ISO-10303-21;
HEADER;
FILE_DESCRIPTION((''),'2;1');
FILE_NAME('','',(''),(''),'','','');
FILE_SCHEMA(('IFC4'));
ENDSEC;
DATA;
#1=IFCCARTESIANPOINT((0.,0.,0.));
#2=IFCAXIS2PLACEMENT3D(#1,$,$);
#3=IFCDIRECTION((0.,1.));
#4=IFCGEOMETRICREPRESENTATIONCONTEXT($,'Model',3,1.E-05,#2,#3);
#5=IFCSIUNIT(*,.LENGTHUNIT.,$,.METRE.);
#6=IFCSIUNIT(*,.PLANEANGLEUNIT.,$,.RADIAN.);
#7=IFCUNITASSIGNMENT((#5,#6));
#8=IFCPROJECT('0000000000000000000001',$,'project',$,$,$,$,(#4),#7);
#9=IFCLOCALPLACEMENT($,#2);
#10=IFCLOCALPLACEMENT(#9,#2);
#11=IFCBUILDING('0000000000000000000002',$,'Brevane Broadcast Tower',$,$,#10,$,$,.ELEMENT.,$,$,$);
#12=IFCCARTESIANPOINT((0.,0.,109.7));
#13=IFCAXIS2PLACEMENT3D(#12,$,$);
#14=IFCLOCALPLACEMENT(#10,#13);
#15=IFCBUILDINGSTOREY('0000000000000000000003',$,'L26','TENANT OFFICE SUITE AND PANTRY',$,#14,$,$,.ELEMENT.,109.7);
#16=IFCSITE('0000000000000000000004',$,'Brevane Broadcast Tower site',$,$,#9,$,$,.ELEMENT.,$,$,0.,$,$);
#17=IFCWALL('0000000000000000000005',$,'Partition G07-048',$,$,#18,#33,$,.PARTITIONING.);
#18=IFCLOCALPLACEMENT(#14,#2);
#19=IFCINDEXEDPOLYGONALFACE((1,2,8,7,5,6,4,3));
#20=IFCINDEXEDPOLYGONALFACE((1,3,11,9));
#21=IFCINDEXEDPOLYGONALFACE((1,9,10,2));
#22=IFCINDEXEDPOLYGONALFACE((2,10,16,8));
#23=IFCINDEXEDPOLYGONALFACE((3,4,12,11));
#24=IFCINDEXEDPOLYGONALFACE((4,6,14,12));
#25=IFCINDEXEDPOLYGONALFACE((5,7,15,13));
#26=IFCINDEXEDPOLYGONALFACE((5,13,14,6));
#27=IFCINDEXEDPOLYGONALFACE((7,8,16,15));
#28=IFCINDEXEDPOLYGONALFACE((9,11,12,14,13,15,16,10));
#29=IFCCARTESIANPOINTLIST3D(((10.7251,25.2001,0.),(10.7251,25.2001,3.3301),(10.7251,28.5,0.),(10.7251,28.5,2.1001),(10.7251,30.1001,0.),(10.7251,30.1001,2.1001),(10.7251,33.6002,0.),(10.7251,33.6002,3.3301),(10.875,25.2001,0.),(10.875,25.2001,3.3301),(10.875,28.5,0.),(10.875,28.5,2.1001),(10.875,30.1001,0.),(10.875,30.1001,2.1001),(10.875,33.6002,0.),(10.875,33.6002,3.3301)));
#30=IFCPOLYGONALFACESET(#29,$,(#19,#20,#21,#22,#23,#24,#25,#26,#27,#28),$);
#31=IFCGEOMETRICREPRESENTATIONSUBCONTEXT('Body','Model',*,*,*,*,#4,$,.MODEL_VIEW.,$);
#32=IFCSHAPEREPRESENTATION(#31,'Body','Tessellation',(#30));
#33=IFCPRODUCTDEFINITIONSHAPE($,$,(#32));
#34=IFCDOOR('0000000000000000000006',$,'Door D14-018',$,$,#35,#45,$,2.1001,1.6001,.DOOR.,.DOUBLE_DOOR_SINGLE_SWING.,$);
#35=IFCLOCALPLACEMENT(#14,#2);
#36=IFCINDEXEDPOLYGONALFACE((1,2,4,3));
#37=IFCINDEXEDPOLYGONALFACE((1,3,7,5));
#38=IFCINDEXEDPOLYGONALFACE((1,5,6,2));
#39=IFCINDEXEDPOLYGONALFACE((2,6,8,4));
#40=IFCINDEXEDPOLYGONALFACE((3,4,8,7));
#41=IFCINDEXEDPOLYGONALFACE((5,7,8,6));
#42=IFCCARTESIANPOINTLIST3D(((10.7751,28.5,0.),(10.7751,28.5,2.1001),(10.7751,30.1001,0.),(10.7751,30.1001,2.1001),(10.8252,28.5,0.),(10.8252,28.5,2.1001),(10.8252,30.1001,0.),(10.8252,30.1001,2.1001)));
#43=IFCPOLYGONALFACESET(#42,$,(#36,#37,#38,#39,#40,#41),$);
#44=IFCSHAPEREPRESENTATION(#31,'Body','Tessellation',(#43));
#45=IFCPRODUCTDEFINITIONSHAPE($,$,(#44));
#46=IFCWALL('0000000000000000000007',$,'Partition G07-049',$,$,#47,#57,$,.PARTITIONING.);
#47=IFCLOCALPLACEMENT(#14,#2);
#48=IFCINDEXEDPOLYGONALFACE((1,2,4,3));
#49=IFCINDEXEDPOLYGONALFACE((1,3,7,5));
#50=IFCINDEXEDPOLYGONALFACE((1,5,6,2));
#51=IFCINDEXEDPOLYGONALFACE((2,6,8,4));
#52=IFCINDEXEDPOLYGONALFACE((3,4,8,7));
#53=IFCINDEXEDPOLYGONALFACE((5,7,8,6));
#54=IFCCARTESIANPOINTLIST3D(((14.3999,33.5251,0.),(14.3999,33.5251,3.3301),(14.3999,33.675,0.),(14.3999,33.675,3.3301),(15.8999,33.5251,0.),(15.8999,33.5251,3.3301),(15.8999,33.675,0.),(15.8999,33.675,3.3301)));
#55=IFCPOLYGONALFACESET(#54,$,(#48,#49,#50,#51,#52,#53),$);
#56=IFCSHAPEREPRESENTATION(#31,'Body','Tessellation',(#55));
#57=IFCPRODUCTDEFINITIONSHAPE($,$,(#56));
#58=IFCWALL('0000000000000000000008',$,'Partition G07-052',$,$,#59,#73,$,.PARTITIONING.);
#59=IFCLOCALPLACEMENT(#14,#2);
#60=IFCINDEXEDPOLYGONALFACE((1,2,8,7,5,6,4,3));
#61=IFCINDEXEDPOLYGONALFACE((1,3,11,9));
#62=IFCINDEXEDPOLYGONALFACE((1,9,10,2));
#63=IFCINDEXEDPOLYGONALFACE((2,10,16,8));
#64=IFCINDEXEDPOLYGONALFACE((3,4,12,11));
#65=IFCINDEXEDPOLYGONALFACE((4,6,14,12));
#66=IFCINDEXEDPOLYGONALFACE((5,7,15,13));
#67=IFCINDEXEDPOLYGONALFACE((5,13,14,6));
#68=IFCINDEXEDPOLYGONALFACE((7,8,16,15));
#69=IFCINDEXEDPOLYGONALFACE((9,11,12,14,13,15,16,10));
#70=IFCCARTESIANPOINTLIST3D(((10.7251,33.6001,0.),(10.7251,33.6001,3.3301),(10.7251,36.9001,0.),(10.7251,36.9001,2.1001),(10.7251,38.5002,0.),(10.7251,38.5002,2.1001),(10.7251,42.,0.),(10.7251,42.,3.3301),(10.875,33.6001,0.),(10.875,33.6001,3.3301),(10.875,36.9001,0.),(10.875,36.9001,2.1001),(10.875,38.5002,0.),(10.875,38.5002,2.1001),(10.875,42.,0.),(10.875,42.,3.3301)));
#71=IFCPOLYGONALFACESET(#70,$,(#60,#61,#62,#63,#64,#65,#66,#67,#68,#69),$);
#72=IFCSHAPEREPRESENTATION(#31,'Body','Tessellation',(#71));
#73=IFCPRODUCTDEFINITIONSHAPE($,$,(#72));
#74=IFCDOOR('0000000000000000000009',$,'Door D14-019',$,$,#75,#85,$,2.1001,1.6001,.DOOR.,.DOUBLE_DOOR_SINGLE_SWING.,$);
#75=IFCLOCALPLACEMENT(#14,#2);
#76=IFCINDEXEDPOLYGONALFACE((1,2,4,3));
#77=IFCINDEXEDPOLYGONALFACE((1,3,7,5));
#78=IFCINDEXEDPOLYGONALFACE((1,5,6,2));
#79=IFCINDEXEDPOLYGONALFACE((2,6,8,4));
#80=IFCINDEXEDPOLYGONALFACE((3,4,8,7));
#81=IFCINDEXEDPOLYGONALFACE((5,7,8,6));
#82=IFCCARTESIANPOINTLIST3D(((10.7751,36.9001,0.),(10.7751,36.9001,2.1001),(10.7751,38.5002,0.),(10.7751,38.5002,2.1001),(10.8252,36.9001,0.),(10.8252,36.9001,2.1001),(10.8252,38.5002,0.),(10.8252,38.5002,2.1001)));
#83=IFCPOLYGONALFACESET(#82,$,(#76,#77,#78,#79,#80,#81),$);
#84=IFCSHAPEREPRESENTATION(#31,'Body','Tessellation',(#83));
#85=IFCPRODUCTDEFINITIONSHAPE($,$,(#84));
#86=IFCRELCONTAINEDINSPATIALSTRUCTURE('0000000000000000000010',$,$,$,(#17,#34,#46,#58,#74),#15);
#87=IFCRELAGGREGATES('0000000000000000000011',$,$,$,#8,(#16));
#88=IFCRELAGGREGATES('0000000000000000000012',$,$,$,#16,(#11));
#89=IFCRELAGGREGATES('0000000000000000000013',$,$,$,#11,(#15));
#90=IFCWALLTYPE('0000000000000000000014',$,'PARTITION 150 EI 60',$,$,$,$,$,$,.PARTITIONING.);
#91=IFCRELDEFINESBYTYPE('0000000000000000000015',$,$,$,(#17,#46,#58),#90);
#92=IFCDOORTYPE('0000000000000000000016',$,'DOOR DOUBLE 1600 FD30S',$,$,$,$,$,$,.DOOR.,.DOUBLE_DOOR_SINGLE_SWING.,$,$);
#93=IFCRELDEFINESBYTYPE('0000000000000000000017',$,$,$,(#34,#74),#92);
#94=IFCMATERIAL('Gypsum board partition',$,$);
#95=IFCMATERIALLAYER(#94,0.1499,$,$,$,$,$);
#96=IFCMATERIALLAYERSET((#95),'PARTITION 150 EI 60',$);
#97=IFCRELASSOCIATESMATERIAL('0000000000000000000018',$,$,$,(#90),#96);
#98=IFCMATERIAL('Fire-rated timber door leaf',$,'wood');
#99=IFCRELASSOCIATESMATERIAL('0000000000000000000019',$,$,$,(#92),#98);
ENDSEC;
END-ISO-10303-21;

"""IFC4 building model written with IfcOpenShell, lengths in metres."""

from ifc_helpers import new_model, si_unit, direction, frame, frame_2d, origin, place, context, subcontext, project, spatial, rectangle, extrude, material, layer, layer_set, type_object, element, fill, save


model = new_model("IFC4")

# Units and contexts
model_context = context("Model", 3, precision=1e-05, world=origin(), true_north=direction((0.0, 1.0)))
body_context = subcontext(model_context, "Body", "Model", "MODEL_VIEW")
ifc_project = project(units=[si_unit("LENGTHUNIT", "METRE"), si_unit("PLANEANGLEUNIT", "RADIAN")], contexts=[model_context])

# Site, building, storey
site_placement = place(None, origin())
site = spatial("IfcSite", under=ifc_project, at=site_placement, Name="Brevane Broadcast Tower site", CompositionType="ELEMENT", RefElevation=0.0)
building_placement = place(site_placement, origin())
building = spatial("IfcBuilding", under=site, at=building_placement, Name="Brevane Broadcast Tower", CompositionType="ELEMENT")
storey_placement = place(building_placement, frame((0.0, 0.0, 109.7)))
storey = spatial("IfcBuildingStorey", under=building, at=storey_placement, Name="L26", Description="TENANT OFFICE SUITE AND PANTRY", CompositionType="ELEMENT", Elevation=109.7)

# Shared definitions
ifc_material_1 = material(Name="Gypsum board partition")

# Wall, opening, door
ifc_layer_1 = layer(ifc_material_1, 0.1499)
ifc_layer_set_1 = layer_set([ifc_layer_1], Name="PARTITION 150 EI 60")
wall_type_1 = type_object("IfcWallType", Name="PARTITION 150 EI 60", PredefinedType="PARTITIONING", material=ifc_layer_set_1)
wall_1_placement = place(storey_placement, frame((10.8, 25.2, 0.0), z_axis=(0.0, 0.0, 1.0), x_axis=(0.0, 1.0, 0.0)))
wall_1 = element("IfcWall", 1, at=wall_1_placement, inside=storey, type_object=wall_type_1, Name="Partition G07-048", PredefinedType="PARTITIONING", context=body_context, shape_type="SweptSolid", body=[
    extrude(rectangle(XDim=8.4001, YDim=0.1499, at=frame_2d((4.2002, 0.0))), origin(), (0.0, 0.0, 1.0), 3.3301),
])
opening_1_placement = place(wall_1_placement, frame((3.3, 0.0, 0.0)))
opening_1 = element("IfcOpeningElement", 2, at=opening_1_placement, cuts=wall_1, PredefinedType="OPENING", context=body_context, shape_type="SweptSolid", body=[
    extrude(rectangle(XDim=1.6001, YDim=2.1001, at=frame_2d((0.8, 1.05))), frame((0.0, 0.085, 0.0), z_axis=(0.0, -1.0, 0.0), x_axis=(1.0, 0.0, 0.0)), (0.0, 0.0, 1.0), 0.1699),
])
ifc_material_2 = material(Name="Fire-rated timber door leaf", Category="wood")
door_type_1 = type_object("IfcDoorType", Name="DOOR DOUBLE 1600 FD30S", OperationType="DOUBLE_DOOR_SINGLE_SWING", PredefinedType="DOOR", material=ifc_material_2)
door_1_placement = place(opening_1_placement, origin())
door_1 = element("IfcDoor", 3, at=door_1_placement, inside=storey, type_object=door_type_1, Name="Door D14-018", OperationType="DOUBLE_DOOR_SINGLE_SWING", OverallHeight=2.1001, OverallWidth=1.6001, PredefinedType="DOOR", context=body_context, shape_type="SweptSolid", body=[
    extrude(rectangle(XDim=1.6001, YDim=2.1001, at=frame_2d((0.8, 1.05))), frame((0.0, 0.0249, 0.0), z_axis=(0.0, -1.0, 0.0), x_axis=(1.0, 0.0, 0.0)), (0.0, 0.0, 1.0), 0.05),
])
fill(opening_1, door_1)

# Wall
wall_2_placement = place(storey_placement, frame((14.3999, 33.6001, 0.0), z_axis=(0.0, 0.0, 1.0), x_axis=(1.0, 0.0, 0.0)))
element("IfcWall", 4, at=wall_2_placement, inside=storey, type_object=wall_type_1, Name="Partition G07-049", PredefinedType="PARTITIONING", context=body_context, shape_type="SweptSolid", body=[
    extrude(rectangle(XDim=1.5, YDim=0.1499, at=frame_2d((0.75, 0.0))), origin(), (0.0, 0.0, 1.0), 3.3301),
])

# Wall, opening, door
wall_3_placement = place(storey_placement, frame((10.8, 33.6001, 0.0), z_axis=(0.0, 0.0, 1.0), x_axis=(0.0, 1.0, 0.0)))
wall_3 = element("IfcWall", 5, at=wall_3_placement, inside=storey, type_object=wall_type_1, Name="Partition G07-052", PredefinedType="PARTITIONING", context=body_context, shape_type="SweptSolid", body=[
    extrude(rectangle(XDim=8.3999, YDim=0.1499, at=frame_2d((4.2, 0.0))), origin(), (0.0, 0.0, 1.0), 3.3301),
])
opening_2_placement = place(wall_3_placement, frame((3.3, 0.0, 0.0)))
opening_2 = element("IfcOpeningElement", 6, at=opening_2_placement, cuts=wall_3, PredefinedType="OPENING", context=body_context, shape_type="SweptSolid", body=[
    extrude(rectangle(XDim=1.6001, YDim=2.1001, at=frame_2d((0.8, 1.05))), frame((0.0, 0.085, 0.0), z_axis=(0.0, -1.0, 0.0), x_axis=(1.0, 0.0, 0.0)), (0.0, 0.0, 1.0), 0.1699),
])
door_2_placement = place(opening_2_placement, origin())
door_2 = element("IfcDoor", 7, at=door_2_placement, inside=storey, type_object=door_type_1, Name="Door D14-019", OperationType="DOUBLE_DOOR_SINGLE_SWING", OverallHeight=2.1001, OverallWidth=1.6001, PredefinedType="DOOR", context=body_context, shape_type="SweptSolid", body=[
    extrude(rectangle(XDim=1.6001, YDim=2.1001, at=frame_2d((0.8, 1.05))), frame((0.0, 0.0249, 0.0), z_axis=(0.0, -1.0, 0.0), x_axis=(1.0, 0.0, 0.0)), (0.0, 0.0, 1.0), 0.05),
])
fill(opening_2, door_2)

save(model, "model.ifc")
